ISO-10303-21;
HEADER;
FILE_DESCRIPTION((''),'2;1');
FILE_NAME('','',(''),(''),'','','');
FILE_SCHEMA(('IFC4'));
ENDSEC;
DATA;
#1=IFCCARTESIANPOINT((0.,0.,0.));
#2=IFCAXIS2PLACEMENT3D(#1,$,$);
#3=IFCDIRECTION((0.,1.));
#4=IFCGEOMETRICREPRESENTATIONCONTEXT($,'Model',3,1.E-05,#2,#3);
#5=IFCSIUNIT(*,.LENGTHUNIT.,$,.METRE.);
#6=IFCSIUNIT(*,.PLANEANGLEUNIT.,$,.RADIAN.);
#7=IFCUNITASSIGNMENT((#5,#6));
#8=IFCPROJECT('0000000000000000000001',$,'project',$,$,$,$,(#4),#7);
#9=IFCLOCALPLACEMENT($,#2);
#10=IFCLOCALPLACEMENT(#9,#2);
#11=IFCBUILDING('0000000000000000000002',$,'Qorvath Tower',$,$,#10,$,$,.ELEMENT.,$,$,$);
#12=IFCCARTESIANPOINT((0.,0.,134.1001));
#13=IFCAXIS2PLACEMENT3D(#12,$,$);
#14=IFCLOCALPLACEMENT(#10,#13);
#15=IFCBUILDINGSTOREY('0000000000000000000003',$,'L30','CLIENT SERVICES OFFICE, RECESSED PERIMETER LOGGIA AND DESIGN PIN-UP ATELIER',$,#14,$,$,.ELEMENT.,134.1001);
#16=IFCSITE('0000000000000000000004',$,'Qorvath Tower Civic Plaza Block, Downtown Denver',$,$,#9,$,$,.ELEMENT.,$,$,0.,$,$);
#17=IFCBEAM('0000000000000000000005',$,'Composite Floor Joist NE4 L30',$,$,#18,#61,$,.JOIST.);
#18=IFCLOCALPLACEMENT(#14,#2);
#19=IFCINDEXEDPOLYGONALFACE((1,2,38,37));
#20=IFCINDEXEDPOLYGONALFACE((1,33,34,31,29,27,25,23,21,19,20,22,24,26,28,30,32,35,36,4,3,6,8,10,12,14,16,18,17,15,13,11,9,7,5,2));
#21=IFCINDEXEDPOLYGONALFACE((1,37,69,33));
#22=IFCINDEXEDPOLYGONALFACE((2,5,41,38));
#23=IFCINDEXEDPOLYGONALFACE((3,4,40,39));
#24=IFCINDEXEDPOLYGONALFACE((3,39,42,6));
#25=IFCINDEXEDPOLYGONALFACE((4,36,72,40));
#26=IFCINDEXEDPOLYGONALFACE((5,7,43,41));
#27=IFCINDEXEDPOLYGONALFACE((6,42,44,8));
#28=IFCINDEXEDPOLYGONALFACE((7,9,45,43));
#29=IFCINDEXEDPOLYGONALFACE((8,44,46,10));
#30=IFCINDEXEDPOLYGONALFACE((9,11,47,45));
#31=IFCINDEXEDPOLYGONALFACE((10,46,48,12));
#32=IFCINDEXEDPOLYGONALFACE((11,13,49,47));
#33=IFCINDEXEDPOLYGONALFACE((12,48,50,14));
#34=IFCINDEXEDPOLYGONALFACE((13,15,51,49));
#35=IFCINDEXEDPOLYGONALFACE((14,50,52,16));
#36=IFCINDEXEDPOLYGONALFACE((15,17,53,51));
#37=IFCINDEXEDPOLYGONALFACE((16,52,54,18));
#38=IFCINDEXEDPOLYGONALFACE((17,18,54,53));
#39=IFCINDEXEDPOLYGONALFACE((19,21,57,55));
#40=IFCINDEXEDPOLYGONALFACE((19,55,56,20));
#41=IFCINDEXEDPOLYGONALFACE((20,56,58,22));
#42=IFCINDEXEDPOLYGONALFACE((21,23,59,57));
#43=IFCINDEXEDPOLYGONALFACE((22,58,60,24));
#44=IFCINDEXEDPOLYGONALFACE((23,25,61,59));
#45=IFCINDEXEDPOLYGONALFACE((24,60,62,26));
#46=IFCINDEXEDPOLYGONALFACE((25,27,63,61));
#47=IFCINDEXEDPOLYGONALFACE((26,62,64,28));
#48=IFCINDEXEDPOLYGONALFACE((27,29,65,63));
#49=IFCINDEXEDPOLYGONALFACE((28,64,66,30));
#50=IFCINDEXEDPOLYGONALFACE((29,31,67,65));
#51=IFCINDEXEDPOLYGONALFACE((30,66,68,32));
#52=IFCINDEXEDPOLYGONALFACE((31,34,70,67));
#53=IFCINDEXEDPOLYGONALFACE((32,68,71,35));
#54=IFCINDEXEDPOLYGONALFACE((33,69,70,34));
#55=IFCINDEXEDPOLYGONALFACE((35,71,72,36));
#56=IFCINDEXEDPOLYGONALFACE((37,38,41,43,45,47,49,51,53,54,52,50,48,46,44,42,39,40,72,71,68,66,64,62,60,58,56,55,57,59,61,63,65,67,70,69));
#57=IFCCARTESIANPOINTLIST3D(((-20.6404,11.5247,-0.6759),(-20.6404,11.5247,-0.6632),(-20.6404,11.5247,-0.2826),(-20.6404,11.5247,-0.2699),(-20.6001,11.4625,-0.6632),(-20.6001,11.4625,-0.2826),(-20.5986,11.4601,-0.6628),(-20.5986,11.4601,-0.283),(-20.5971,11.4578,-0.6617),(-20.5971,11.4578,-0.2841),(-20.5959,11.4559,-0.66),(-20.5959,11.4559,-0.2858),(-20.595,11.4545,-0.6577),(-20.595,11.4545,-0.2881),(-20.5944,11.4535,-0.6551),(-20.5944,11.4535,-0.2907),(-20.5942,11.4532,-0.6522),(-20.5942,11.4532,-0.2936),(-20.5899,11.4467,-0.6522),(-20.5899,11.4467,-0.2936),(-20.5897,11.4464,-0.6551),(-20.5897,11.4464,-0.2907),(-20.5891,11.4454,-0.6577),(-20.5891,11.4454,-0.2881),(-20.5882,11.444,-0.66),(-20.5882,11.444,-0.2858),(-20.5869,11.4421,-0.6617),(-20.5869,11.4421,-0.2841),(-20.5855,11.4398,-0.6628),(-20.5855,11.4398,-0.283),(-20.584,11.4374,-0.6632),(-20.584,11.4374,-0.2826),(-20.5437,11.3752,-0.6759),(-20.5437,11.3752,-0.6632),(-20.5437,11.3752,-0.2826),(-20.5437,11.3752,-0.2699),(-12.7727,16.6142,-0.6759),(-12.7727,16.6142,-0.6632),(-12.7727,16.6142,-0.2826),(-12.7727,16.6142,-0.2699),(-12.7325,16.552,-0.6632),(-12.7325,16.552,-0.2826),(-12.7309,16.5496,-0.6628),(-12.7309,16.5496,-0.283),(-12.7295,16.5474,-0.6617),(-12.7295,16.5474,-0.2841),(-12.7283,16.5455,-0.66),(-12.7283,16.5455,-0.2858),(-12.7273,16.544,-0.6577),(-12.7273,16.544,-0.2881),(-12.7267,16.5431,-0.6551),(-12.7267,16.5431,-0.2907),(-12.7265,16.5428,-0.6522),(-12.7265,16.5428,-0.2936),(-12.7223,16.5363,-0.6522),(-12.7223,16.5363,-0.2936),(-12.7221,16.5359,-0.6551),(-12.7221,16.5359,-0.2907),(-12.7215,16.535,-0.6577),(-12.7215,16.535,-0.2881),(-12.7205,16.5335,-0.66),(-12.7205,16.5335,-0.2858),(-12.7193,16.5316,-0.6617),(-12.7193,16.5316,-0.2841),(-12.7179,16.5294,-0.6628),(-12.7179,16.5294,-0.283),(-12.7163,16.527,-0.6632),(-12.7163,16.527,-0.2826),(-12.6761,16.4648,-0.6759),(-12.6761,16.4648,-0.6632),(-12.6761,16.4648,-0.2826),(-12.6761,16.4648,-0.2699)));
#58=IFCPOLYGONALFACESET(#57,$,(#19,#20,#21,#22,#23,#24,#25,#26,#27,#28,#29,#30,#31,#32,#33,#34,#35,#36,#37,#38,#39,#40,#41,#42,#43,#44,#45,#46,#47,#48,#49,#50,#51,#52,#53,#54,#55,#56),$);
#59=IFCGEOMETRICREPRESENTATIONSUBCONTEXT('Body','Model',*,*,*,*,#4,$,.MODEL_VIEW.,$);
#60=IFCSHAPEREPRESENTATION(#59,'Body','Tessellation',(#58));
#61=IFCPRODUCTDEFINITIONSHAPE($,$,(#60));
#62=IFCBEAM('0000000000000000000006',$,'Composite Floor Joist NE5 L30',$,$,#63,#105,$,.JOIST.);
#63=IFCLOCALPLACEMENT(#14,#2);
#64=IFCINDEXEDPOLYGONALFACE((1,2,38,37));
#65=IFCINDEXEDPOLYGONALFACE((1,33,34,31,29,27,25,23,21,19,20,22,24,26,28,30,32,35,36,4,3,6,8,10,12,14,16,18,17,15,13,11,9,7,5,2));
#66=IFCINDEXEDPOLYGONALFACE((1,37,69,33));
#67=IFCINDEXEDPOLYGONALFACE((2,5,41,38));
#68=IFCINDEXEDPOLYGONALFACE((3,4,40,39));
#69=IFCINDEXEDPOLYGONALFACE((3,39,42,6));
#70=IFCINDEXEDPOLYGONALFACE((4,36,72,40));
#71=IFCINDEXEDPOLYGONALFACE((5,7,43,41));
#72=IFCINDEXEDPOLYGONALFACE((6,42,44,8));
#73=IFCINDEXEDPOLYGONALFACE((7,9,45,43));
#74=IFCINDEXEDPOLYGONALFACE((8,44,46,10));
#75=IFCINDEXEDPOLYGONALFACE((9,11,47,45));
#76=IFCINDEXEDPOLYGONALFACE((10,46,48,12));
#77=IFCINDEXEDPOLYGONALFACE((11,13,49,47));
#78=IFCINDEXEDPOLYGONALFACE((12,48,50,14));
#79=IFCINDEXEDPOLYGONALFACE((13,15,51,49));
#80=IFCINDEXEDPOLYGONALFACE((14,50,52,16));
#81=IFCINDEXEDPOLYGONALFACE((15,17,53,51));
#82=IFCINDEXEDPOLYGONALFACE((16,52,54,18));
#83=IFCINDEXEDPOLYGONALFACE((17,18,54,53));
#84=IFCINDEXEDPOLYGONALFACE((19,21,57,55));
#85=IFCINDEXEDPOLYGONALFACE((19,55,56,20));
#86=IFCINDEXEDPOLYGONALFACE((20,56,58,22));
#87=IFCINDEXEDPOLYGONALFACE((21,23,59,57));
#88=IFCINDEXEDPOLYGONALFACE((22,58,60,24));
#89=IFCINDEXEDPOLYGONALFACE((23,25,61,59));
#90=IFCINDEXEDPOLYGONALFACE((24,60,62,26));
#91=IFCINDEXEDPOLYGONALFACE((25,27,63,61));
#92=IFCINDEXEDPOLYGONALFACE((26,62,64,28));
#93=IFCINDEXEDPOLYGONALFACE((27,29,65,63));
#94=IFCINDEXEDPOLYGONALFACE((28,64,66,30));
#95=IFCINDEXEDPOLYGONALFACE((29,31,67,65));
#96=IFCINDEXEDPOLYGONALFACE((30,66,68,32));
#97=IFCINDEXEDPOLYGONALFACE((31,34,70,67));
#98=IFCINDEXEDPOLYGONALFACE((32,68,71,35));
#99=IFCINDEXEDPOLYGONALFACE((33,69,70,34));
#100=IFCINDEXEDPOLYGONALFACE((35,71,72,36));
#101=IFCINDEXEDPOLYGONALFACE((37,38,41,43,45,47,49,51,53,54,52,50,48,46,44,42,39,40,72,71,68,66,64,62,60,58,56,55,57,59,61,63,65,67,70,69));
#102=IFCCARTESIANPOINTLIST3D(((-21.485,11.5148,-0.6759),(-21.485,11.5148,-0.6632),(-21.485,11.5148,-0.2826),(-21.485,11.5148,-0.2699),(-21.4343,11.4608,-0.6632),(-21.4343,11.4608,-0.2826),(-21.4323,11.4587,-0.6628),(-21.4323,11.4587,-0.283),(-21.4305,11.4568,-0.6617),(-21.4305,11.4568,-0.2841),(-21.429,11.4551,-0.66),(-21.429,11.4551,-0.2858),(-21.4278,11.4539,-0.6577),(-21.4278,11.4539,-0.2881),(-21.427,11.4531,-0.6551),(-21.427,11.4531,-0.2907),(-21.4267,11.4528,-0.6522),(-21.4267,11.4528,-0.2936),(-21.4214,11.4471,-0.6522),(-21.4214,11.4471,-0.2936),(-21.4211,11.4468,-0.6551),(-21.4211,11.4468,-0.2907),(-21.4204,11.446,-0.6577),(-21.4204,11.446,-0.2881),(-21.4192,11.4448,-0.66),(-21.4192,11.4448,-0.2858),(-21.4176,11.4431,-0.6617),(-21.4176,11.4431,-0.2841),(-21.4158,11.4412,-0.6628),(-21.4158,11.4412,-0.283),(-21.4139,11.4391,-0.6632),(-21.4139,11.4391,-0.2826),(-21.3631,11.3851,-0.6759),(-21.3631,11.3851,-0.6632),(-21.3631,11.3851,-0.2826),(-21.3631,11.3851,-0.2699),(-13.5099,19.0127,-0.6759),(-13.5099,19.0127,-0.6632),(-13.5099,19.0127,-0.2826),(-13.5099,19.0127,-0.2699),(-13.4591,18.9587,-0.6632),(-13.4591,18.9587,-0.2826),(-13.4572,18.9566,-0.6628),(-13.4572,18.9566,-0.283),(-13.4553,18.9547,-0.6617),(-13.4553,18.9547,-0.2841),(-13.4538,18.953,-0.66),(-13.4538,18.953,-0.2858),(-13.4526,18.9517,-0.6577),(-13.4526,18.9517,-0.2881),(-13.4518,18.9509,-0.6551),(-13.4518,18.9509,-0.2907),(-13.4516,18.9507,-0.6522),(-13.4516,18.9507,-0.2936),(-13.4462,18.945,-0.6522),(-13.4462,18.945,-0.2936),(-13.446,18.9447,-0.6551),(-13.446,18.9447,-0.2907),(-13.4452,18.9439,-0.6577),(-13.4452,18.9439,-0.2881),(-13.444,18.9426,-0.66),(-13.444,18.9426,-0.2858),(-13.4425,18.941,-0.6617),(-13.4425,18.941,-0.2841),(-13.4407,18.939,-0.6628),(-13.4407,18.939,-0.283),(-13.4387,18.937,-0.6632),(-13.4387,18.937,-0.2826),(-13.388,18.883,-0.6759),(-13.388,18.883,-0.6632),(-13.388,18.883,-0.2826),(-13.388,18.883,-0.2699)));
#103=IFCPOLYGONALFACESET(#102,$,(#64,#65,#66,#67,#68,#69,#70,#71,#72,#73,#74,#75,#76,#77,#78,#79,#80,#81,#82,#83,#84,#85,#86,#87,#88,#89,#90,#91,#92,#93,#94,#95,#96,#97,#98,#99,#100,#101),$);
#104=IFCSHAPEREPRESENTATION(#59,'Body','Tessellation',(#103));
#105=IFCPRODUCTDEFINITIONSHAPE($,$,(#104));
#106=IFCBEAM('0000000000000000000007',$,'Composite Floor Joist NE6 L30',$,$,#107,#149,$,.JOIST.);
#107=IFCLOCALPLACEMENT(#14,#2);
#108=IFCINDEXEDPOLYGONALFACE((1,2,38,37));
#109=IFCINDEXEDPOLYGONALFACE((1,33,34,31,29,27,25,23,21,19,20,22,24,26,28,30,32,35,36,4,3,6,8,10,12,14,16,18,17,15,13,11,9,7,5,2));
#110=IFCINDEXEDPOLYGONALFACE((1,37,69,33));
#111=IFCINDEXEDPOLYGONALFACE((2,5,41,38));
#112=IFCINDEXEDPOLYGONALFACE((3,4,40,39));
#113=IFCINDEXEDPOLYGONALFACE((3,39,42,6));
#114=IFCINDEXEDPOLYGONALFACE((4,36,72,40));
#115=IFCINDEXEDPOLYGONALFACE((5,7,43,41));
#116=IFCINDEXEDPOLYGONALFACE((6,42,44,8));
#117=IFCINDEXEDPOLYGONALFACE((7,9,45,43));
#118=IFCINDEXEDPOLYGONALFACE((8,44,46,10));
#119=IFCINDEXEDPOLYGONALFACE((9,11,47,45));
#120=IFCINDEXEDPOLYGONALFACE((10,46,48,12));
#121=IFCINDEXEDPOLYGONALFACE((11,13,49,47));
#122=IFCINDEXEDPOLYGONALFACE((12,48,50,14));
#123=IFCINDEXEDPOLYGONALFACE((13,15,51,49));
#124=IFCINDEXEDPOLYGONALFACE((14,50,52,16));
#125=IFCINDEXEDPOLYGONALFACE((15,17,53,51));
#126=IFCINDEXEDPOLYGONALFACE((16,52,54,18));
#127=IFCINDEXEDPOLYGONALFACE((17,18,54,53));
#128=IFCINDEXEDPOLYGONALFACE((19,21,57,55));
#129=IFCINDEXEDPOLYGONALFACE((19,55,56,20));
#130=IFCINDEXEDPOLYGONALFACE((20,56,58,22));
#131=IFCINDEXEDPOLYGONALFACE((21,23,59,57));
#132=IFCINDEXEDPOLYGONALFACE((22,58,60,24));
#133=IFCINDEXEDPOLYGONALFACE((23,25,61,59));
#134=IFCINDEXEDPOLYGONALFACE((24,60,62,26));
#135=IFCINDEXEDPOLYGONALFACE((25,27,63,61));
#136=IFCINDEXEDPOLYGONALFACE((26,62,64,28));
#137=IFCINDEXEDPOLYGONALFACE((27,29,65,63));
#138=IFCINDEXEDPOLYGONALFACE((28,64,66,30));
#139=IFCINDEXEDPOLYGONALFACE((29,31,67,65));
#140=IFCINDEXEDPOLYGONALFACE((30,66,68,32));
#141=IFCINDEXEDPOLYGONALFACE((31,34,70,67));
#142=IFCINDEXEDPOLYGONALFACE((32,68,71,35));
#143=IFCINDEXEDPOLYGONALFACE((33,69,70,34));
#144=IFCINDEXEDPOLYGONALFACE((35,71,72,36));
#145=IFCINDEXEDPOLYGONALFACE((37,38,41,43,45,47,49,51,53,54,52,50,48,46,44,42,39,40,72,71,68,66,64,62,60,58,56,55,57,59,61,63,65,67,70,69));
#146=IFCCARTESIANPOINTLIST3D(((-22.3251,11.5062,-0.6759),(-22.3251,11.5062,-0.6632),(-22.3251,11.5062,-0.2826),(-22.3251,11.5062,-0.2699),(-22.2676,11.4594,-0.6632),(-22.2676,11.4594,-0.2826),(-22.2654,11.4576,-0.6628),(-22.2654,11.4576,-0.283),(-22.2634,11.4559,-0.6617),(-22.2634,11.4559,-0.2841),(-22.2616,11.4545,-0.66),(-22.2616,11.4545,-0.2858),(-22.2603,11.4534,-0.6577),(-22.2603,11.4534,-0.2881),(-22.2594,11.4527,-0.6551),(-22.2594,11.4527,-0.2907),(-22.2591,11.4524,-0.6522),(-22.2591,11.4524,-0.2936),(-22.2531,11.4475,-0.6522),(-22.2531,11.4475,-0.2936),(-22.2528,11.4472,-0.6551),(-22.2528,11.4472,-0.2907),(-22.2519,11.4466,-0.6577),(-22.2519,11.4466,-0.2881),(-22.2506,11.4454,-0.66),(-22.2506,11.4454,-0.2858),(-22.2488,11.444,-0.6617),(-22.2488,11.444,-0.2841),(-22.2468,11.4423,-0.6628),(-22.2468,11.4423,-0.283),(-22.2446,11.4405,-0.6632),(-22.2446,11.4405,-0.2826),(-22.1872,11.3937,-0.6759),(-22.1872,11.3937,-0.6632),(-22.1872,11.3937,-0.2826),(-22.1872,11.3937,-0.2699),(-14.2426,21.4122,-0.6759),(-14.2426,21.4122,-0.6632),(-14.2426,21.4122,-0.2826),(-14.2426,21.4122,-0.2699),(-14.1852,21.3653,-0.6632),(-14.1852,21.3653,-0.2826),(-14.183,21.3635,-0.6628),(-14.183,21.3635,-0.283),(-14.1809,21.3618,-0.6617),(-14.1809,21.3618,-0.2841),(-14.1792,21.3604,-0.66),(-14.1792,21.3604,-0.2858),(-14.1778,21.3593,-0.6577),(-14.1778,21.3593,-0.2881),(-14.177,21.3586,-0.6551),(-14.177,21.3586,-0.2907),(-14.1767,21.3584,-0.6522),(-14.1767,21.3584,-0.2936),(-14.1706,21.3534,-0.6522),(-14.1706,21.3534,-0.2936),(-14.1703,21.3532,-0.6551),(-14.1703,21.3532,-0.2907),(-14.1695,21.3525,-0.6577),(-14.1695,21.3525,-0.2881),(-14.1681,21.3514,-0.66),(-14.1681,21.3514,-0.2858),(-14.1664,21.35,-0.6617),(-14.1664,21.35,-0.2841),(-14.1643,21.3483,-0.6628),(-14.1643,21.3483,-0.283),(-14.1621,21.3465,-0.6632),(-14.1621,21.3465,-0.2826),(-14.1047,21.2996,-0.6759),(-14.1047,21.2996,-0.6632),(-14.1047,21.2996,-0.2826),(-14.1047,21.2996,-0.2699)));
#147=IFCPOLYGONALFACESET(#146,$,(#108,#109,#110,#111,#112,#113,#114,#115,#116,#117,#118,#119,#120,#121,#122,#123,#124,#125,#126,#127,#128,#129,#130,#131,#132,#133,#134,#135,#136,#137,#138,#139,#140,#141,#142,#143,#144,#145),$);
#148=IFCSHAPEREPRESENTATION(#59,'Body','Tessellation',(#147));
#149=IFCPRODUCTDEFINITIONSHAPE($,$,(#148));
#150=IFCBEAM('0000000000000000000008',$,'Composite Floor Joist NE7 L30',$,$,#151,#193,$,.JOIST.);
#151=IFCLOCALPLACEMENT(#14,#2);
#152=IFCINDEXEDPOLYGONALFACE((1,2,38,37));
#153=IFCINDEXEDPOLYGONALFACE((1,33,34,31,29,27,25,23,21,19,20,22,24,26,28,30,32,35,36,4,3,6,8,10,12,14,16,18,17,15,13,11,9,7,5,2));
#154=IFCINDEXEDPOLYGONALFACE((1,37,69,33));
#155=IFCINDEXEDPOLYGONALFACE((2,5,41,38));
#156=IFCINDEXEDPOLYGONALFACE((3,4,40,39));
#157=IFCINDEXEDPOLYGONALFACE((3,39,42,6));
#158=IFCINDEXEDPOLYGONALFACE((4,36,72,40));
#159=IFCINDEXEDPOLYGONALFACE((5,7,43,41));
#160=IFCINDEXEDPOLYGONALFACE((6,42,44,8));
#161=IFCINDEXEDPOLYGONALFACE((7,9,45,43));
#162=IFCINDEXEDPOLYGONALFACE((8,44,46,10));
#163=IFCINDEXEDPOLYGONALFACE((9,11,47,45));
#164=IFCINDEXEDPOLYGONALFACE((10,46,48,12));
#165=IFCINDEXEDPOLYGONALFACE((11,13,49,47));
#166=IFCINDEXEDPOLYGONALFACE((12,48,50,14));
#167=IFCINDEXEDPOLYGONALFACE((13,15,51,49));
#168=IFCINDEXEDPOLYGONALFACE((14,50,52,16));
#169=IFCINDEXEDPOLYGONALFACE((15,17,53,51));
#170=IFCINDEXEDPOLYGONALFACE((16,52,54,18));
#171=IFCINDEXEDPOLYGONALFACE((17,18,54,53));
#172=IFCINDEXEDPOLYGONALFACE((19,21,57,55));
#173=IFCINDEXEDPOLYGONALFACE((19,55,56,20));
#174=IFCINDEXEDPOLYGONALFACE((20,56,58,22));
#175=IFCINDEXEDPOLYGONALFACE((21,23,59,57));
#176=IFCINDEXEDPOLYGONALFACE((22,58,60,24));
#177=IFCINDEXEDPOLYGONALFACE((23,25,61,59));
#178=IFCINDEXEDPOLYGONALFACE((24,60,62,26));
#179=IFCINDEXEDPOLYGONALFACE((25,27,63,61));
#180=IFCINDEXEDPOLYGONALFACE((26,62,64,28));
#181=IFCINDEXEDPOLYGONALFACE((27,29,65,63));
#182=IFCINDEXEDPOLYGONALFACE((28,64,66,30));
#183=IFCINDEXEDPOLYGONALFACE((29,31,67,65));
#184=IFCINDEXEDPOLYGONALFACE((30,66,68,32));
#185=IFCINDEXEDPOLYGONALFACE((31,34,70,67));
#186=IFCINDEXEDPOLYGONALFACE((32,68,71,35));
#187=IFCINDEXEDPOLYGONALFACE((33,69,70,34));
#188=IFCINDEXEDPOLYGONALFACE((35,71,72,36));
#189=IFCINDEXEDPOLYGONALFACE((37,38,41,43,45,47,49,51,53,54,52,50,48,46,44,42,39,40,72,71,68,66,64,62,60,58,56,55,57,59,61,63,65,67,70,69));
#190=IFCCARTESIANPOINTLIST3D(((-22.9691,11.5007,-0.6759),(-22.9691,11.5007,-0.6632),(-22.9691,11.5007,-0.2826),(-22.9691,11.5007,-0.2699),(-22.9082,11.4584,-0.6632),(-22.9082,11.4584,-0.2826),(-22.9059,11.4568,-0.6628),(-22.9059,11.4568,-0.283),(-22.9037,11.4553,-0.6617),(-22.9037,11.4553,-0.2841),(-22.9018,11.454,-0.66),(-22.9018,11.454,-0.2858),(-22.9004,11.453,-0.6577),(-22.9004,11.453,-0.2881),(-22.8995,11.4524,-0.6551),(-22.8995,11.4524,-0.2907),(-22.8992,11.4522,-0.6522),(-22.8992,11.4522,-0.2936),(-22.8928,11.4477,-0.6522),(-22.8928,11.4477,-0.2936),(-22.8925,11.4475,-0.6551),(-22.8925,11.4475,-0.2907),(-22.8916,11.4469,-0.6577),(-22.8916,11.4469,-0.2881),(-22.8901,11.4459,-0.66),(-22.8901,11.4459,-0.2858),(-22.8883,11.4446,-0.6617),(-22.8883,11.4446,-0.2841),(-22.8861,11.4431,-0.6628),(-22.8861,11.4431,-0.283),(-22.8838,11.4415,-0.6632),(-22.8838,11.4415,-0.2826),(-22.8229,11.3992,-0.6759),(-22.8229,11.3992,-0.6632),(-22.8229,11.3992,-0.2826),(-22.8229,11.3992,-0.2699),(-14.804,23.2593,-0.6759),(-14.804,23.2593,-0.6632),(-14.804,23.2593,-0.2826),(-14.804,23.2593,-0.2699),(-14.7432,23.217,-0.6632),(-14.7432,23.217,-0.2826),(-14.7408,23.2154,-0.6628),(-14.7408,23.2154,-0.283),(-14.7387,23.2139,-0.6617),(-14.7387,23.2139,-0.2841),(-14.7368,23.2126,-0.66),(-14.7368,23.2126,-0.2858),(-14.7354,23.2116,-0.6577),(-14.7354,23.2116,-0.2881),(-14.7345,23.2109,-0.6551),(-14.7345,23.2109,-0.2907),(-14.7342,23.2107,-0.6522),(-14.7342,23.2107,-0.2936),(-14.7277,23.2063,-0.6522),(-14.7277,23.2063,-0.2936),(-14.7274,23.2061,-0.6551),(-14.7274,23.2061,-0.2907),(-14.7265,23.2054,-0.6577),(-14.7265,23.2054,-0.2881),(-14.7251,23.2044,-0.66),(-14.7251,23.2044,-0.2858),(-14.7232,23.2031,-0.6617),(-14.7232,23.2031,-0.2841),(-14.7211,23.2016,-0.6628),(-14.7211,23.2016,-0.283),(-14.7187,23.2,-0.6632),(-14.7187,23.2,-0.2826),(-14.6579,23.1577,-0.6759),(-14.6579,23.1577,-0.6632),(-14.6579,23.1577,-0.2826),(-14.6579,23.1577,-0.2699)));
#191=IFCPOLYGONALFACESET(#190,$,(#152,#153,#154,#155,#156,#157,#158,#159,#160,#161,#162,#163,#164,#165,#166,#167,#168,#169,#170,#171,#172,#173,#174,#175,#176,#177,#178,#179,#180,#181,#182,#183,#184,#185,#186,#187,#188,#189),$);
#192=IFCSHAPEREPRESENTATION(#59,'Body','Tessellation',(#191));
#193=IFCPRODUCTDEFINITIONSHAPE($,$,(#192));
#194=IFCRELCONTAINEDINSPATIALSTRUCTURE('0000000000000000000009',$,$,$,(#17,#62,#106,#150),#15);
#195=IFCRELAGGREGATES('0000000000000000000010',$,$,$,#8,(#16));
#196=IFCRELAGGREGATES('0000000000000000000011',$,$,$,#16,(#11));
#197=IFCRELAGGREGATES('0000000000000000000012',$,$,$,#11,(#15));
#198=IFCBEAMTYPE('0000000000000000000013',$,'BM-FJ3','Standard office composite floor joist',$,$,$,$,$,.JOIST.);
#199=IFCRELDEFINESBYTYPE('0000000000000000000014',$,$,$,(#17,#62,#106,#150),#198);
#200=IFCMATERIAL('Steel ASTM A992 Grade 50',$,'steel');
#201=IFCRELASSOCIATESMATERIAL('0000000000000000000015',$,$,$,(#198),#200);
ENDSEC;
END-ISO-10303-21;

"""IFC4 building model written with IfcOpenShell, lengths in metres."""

from ifc_helpers import new_model, si_unit, direction, frame, origin, origin_2d, place, context, subcontext, project, spatial, i_section, extrude, material, material_profile, profile_set, type_object, element, save


model = new_model("IFC4")

# Units and contexts
model_context = context("Model", 3, precision=1e-05, world=origin(), true_north=direction((0.0, 1.0)))
body_context = subcontext(model_context, "Body", "Model", "MODEL_VIEW")
ifc_project = project(units=[si_unit("LENGTHUNIT", "METRE"), si_unit("PLANEANGLEUNIT", "RADIAN")], contexts=[model_context])

# Site, building, storey
site_placement = place(None, origin())
site = spatial("IfcSite", under=ifc_project, at=site_placement, Name="Qorvath Tower Civic Plaza Block, Downtown Denver", CompositionType="ELEMENT", RefElevation=0.0)
building_placement = place(site_placement, origin())
building = spatial("IfcBuilding", under=site, at=building_placement, Name="Qorvath Tower", CompositionType="ELEMENT")
storey_placement = place(building_placement, frame((0.0, 0.0, 134.1001)))
storey = spatial("IfcBuildingStorey", under=building, at=storey_placement, Name="L30", Description="CLIENT SERVICES OFFICE, RECESSED PERIMETER LOGGIA AND DESIGN PIN-UP ATELIER", CompositionType="ELEMENT", Elevation=134.1001)

# Beams
ifc_material_1 = material(Name="Steel ASTM A992 Grade 50", Category="steel")
ifc_material_profile_1 = material_profile(ifc_material_1, i_section(OverallWidth=0.178, OverallDepth=0.406, WebThickness=0.0078, FlangeThickness=0.0127, FilletRadius=0.011, at=origin_2d()), Name="W16x40")
ifc_profile_set_1 = profile_set([ifc_material_profile_1], Name="Steel ASTM A992 Grade 50")
beam_type_1 = type_object("IfcBeamType", Name="BM-FJ3", Description="Standard office composite floor joist", PredefinedType="JOIST", material=ifc_profile_set_1)
beam_1_placement = place(storey_placement, frame((-20.592, 11.45, -0.4729), z_axis=(0.839631, 0.543157, 0.0), x_axis=(-0.543157, 0.839631, 0.0)))
element("IfcBeam", 1, at=beam_1_placement, inside=storey, type_object=beam_type_1, Name="Composite Floor Joist NE4 L30", PredefinedType="JOIST", context=body_context, shape_type="SweptSolid", body=[
    extrude(i_section(OverallWidth=0.178, OverallDepth=0.406, WebThickness=0.0078, FlangeThickness=0.0127, FilletRadius=0.011, at=origin_2d()), origin(), (0.0, 0.0, 1.0), 9.3704),
])
beam_2_placement = place(storey_placement, frame((-21.4241, 11.45, -0.4729), z_axis=(0.728572, 0.684969, 0.0), x_axis=(-0.684969, 0.728572, 0.0)))
element("IfcBeam", 2, at=beam_2_placement, inside=storey, type_object=beam_type_1, Name="Composite Floor Joist NE5 L30", PredefinedType="JOIST", context=body_context, shape_type="SweptSolid", body=[
    extrude(i_section(OverallWidth=0.178, OverallDepth=0.406, WebThickness=0.0078, FlangeThickness=0.0127, FilletRadius=0.011, at=origin_2d()), origin(), (0.0, 0.0, 1.0), 10.9463),
])
beam_3_placement = place(storey_placement, frame((-22.2561, 11.45, -0.4729), z_axis=(0.632188, 0.774815, 0.0), x_axis=(-0.774815, 0.632188, 0.0)))
element("IfcBeam", 3, at=beam_3_placement, inside=storey, type_object=beam_type_1, Name="Composite Floor Joist NE6 L30", PredefinedType="JOIST", context=body_context, shape_type="SweptSolid", body=[
    extrude(i_section(OverallWidth=0.178, OverallDepth=0.406, WebThickness=0.0078, FlangeThickness=0.0127, FilletRadius=0.011, at=origin_2d()), origin(), (0.0, 0.0, 1.0), 12.7849),
])
beam_4_placement = place(storey_placement, frame((-22.896, 11.45, -0.4729), z_axis=(0.570367, 0.82139, 0.0), x_axis=(-0.82139, 0.570367, 0.0)))
element("IfcBeam", 4, at=beam_4_placement, inside=storey, type_object=beam_type_1, Name="Composite Floor Joist NE7 L30", PredefinedType="JOIST", context=body_context, shape_type="SweptSolid", body=[
    extrude(i_section(OverallWidth=0.178, OverallDepth=0.406, WebThickness=0.0078, FlangeThickness=0.0127, FilletRadius=0.011, at=origin_2d()), origin(), (0.0, 0.0, 1.0), 14.3154),
])

save(model, "model.ifc")
